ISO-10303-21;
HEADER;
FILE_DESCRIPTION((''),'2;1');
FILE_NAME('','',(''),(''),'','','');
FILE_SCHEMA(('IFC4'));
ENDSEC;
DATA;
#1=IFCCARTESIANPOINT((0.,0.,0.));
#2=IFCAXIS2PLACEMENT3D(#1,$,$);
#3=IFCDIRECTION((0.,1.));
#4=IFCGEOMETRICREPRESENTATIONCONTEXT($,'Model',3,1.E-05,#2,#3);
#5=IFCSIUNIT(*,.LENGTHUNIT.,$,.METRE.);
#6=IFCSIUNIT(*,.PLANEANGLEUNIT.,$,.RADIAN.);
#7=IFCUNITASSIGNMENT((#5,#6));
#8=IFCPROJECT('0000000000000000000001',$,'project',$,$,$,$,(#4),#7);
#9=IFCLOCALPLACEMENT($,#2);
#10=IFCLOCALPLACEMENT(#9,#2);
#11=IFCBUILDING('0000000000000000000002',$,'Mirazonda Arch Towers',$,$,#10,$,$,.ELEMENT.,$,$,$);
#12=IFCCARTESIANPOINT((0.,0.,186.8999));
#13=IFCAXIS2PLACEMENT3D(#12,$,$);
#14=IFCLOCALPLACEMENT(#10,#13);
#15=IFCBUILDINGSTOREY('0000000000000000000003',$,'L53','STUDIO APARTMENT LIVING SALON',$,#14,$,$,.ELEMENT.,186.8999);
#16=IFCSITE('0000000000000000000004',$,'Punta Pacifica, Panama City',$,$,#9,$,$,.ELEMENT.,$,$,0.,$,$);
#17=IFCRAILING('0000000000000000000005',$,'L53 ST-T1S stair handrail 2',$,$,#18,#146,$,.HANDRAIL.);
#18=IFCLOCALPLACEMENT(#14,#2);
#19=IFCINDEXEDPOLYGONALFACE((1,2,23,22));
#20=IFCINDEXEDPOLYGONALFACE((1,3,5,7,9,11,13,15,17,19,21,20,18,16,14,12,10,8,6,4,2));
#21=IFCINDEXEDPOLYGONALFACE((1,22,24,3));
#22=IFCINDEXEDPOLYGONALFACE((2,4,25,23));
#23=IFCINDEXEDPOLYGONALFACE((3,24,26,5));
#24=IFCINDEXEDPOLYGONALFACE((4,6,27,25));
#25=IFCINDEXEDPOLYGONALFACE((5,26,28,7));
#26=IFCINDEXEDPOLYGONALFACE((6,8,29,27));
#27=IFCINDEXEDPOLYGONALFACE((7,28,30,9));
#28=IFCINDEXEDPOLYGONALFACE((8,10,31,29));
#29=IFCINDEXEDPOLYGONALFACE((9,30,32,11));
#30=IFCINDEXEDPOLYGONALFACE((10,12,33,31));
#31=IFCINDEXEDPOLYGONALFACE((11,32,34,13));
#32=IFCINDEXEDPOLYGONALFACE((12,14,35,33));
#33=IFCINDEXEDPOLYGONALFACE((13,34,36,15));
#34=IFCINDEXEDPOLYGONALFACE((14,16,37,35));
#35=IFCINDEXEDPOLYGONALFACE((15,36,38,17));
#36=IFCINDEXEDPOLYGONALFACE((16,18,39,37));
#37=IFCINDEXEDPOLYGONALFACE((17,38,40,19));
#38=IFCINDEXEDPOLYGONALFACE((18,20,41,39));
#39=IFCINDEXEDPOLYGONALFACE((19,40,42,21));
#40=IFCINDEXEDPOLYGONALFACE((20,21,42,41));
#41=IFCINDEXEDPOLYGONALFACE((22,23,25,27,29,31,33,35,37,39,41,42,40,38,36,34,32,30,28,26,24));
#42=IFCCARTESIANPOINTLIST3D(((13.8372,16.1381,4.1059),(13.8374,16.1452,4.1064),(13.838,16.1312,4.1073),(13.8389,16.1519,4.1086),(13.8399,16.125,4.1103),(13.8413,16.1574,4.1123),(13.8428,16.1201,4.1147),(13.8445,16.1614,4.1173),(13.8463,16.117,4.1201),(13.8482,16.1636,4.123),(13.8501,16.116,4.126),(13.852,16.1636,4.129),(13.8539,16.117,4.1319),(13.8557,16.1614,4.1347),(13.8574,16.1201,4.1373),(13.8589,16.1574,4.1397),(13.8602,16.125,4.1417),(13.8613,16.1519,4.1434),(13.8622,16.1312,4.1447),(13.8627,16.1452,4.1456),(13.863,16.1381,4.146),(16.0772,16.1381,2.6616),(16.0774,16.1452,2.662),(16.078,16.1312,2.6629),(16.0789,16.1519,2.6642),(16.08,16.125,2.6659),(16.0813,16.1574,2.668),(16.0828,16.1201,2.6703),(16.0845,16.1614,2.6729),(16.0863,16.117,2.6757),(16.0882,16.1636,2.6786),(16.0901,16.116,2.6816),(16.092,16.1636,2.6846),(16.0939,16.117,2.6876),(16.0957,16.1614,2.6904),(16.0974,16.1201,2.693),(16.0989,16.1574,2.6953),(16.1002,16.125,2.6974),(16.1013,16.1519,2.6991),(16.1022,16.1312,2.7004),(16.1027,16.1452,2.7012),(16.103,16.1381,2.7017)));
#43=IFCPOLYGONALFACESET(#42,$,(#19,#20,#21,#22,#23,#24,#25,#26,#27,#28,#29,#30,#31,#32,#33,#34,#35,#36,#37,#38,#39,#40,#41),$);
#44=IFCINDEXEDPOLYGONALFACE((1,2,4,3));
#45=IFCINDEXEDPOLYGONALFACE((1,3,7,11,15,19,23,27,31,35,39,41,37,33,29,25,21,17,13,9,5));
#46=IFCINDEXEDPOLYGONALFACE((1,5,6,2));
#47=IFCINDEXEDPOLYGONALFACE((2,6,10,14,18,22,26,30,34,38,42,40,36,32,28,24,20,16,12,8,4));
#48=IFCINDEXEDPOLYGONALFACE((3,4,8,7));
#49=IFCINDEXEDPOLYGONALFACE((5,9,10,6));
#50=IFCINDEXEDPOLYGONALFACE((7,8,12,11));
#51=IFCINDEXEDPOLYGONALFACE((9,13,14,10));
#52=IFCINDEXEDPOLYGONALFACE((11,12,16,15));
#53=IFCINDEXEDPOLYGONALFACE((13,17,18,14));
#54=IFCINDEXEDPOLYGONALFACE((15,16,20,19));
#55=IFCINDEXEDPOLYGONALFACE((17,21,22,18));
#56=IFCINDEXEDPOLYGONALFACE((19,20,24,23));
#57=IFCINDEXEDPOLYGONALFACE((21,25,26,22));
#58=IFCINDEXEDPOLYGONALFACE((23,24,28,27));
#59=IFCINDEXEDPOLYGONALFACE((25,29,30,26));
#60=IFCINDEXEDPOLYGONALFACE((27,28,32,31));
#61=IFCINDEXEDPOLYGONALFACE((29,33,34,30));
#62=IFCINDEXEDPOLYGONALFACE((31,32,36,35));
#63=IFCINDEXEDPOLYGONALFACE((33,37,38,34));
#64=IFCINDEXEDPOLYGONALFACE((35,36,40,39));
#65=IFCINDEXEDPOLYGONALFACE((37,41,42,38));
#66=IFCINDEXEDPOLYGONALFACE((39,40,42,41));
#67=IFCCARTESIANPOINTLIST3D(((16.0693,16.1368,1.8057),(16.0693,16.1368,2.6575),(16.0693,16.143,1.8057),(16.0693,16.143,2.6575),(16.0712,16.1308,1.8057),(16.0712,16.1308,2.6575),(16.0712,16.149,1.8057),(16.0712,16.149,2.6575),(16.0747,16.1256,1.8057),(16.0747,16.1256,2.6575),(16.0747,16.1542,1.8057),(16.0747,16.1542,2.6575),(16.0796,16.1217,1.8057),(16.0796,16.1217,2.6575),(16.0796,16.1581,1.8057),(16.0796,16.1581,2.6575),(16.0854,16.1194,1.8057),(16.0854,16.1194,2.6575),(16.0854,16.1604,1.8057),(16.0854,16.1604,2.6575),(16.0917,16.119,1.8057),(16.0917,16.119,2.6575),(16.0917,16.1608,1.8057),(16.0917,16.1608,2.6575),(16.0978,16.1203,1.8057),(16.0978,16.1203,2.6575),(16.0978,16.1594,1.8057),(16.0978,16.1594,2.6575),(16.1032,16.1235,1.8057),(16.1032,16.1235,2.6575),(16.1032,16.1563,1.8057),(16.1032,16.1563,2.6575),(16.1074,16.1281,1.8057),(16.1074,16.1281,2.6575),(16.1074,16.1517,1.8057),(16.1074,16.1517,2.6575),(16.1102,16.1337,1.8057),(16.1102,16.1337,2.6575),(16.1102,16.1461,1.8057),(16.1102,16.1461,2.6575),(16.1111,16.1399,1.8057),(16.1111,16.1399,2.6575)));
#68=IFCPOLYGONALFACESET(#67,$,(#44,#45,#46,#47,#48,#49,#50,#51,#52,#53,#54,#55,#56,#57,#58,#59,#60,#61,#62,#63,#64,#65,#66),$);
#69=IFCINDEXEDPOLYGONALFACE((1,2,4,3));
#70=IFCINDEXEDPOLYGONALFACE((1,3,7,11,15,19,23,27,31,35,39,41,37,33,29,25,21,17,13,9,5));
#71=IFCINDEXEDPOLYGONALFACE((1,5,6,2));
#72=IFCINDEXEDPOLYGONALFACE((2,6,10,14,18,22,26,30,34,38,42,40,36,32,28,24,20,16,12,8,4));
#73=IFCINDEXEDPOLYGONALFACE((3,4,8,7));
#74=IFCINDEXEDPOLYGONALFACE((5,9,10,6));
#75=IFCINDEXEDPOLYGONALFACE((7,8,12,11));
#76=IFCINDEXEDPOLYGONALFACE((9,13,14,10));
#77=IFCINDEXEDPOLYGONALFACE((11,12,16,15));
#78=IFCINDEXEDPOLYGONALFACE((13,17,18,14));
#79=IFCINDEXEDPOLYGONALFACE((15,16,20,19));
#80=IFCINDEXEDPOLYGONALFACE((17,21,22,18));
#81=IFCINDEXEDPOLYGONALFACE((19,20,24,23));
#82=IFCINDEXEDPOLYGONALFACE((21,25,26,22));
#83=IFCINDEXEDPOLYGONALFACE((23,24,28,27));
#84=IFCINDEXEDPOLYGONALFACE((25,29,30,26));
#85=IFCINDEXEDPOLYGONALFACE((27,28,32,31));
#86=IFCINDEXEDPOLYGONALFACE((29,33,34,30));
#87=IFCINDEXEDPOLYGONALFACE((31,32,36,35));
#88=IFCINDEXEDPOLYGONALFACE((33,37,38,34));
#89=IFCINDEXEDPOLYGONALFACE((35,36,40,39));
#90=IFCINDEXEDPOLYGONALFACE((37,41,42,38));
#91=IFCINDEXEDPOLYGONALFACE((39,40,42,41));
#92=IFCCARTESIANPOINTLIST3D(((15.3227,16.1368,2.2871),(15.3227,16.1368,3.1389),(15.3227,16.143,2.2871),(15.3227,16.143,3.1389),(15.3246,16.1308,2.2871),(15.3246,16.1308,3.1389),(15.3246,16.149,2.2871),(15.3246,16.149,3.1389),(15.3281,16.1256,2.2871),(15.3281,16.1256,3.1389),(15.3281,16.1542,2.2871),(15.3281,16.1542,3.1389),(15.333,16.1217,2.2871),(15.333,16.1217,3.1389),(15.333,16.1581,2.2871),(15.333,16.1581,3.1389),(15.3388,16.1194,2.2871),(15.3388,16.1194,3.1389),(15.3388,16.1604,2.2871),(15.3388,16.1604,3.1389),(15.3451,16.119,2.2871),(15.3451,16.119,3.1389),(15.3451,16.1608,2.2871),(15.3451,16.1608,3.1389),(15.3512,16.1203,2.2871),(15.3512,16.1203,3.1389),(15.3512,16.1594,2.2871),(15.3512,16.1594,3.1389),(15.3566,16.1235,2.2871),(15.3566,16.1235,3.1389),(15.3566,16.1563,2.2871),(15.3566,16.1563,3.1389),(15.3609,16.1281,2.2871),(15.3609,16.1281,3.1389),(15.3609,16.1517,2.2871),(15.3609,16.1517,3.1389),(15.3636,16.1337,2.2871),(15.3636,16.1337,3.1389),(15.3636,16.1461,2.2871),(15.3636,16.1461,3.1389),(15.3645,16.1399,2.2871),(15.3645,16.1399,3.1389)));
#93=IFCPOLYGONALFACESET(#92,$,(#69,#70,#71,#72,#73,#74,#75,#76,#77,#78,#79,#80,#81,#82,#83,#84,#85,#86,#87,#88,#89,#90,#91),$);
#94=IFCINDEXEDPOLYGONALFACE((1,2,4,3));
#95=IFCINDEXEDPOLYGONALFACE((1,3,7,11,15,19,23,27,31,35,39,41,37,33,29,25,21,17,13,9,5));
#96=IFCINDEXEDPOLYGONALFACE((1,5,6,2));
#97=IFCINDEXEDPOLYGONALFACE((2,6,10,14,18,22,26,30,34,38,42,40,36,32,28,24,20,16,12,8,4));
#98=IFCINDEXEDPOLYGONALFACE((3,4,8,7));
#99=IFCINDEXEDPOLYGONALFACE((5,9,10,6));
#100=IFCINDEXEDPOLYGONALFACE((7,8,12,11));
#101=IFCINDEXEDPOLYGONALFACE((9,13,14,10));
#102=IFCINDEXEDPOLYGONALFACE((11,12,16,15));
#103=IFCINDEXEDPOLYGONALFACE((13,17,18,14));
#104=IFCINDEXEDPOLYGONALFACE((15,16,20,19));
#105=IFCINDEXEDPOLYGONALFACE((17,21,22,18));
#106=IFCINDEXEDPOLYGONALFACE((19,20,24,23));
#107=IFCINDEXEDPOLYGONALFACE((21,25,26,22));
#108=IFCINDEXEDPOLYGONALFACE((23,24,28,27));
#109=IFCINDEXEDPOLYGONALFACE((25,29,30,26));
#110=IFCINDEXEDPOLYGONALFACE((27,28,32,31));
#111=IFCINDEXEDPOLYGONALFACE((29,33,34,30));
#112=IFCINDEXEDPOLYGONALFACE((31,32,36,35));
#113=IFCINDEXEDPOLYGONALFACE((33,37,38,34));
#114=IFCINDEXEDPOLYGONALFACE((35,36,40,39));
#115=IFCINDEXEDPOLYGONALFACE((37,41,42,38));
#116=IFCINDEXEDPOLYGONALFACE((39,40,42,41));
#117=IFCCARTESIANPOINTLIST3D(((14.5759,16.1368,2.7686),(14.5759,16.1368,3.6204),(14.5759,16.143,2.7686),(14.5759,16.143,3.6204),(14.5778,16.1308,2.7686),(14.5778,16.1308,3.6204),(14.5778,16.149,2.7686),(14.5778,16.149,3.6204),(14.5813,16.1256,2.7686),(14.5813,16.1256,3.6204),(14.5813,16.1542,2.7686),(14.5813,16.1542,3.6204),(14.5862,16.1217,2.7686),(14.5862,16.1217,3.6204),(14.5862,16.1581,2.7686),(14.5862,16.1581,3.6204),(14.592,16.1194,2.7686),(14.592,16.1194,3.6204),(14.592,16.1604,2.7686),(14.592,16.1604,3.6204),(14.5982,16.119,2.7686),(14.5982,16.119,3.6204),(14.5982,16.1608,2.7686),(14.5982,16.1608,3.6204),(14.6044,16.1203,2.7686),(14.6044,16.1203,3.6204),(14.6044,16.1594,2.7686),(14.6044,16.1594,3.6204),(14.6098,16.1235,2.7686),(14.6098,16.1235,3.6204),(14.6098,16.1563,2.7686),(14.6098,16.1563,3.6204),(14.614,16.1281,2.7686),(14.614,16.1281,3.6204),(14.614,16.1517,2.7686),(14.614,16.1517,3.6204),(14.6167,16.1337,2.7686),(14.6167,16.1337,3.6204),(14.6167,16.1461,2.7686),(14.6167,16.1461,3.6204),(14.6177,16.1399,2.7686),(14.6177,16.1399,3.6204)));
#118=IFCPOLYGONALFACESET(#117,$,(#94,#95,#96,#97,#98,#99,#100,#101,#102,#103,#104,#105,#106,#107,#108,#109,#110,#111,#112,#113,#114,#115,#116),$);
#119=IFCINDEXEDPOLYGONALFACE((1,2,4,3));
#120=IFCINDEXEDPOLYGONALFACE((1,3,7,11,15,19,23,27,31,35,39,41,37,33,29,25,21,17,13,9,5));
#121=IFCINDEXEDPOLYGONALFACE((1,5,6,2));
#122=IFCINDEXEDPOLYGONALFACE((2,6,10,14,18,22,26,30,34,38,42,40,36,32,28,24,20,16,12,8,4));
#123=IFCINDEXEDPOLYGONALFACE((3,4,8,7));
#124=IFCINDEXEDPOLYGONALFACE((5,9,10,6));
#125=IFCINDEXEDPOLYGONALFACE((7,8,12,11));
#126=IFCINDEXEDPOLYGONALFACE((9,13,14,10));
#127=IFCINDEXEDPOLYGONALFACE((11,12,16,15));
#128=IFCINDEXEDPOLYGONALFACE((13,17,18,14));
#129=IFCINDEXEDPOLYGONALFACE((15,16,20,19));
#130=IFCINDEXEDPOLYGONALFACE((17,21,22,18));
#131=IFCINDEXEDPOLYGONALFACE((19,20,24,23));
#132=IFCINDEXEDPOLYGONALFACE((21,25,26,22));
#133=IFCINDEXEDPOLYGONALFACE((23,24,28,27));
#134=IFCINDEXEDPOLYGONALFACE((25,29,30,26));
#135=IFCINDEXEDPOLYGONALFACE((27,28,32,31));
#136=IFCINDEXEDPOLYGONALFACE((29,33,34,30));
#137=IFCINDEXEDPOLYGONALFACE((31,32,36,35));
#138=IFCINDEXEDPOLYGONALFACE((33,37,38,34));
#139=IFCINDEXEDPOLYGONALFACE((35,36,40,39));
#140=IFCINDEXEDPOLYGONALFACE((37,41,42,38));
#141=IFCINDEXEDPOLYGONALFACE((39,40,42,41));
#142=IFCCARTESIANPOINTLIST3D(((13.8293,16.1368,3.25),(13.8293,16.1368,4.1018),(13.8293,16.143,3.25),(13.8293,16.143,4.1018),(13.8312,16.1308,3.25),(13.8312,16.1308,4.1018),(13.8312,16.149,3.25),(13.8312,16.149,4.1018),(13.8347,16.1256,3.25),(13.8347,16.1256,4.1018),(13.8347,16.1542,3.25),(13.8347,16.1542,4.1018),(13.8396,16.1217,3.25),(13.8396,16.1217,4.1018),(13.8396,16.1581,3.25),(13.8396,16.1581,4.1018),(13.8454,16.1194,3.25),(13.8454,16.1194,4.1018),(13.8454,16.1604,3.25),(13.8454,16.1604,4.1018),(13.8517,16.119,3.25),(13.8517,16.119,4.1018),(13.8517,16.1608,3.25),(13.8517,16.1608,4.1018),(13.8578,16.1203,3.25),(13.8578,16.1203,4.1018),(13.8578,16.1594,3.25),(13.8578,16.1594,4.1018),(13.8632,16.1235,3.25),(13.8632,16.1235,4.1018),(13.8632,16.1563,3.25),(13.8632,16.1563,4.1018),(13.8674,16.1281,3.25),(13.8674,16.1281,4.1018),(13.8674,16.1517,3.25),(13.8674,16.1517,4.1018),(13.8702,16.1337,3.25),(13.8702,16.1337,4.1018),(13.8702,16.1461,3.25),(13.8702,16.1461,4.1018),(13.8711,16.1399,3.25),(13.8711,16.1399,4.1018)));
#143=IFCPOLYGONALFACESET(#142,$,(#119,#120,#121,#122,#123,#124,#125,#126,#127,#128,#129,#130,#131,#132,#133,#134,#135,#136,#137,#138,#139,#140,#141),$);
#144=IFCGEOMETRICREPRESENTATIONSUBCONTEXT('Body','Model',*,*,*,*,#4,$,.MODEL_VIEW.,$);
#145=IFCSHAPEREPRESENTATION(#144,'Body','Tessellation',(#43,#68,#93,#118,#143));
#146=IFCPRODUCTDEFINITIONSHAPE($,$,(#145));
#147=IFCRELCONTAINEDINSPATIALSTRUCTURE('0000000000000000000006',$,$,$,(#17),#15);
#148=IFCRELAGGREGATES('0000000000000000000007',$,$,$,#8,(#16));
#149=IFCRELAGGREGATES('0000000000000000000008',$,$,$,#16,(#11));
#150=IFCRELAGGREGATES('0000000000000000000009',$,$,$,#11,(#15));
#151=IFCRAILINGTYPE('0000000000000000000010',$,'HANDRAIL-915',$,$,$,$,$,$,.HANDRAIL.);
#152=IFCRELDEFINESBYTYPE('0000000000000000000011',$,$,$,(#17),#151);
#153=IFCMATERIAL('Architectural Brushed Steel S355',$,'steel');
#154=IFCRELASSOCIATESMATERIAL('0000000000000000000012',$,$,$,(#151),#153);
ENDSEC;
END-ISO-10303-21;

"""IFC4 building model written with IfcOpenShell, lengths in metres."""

from ifc_helpers import new_model, si_unit, direction, frame, origin, origin_2d, place, context, subcontext, project, spatial, circle, extrude, material, type_object, element, save


model = new_model("IFC4")

# Units and contexts
model_context = context("Model", 3, precision=1e-05, world=origin(), true_north=direction((0.0, 1.0)))
body_context = subcontext(model_context, "Body", "Model", "MODEL_VIEW")
ifc_project = project(units=[si_unit("LENGTHUNIT", "METRE"), si_unit("PLANEANGLEUNIT", "RADIAN")], contexts=[model_context])

# Site, building, storey
site_placement = place(None, origin())
site = spatial("IfcSite", under=ifc_project, at=site_placement, Name="Punta Pacifica, Panama City", CompositionType="ELEMENT", RefElevation=0.0)
building_placement = place(site_placement, origin())
building = spatial("IfcBuilding", under=site, at=building_placement, Name="Mirazonda Arch Towers", CompositionType="ELEMENT")
storey_placement = place(building_placement, frame((0.0, 0.0, 186.8999)))
storey = spatial("IfcBuildingStorey", under=building, at=storey_placement, Name="L53", Description="STUDIO APARTMENT LIVING SALON", CompositionType="ELEMENT", Elevation=186.8999)

# Shared definitions
ifc_material_1 = material(Name="Architectural Brushed Steel S355", Category="steel")

# Railing
railing_type_1 = type_object("IfcRailingType", Name="HANDRAIL-915", PredefinedType="HANDRAIL", material=ifc_material_1)
railing_1_placement = place(storey_placement, frame((16.0901, 16.1399, 1.8057)))
element("IfcRailing", 1, at=railing_1_placement, inside=storey, type_object=railing_type_1, Name="L53 ST-T1S stair handrail 2", PredefinedType="HANDRAIL", context=body_context, shape_type="SweptSolid", body=[
    extrude(circle(Radius=0.0239, at=origin_2d()), frame((0.0, 0.0, 0.876), z_axis=(-0.840437, 0.0, 0.54191), x_axis=(0.0, -1.0, 0.0)), (0.0, 0.0, 1.0), 2.6653),
    extrude(circle(Radius=0.021, at=origin_2d()), origin(), (0.0, 0.0, 1.0), 0.8518),
    extrude(circle(Radius=0.021, at=origin_2d()), frame((-0.7466, 0.0, 0.4814)), (0.0, 0.0, 1.0), 0.8518),
    extrude(circle(Radius=0.021, at=origin_2d()), frame((-1.4934, 0.0, 0.9629)), (0.0, 0.0, 1.0), 0.8518),
    extrude(circle(Radius=0.021, at=origin_2d()), frame((-2.24, 0.0, 1.4443)), (0.0, 0.0, 1.0), 0.8518),
])

save(model, "model.ifc")
